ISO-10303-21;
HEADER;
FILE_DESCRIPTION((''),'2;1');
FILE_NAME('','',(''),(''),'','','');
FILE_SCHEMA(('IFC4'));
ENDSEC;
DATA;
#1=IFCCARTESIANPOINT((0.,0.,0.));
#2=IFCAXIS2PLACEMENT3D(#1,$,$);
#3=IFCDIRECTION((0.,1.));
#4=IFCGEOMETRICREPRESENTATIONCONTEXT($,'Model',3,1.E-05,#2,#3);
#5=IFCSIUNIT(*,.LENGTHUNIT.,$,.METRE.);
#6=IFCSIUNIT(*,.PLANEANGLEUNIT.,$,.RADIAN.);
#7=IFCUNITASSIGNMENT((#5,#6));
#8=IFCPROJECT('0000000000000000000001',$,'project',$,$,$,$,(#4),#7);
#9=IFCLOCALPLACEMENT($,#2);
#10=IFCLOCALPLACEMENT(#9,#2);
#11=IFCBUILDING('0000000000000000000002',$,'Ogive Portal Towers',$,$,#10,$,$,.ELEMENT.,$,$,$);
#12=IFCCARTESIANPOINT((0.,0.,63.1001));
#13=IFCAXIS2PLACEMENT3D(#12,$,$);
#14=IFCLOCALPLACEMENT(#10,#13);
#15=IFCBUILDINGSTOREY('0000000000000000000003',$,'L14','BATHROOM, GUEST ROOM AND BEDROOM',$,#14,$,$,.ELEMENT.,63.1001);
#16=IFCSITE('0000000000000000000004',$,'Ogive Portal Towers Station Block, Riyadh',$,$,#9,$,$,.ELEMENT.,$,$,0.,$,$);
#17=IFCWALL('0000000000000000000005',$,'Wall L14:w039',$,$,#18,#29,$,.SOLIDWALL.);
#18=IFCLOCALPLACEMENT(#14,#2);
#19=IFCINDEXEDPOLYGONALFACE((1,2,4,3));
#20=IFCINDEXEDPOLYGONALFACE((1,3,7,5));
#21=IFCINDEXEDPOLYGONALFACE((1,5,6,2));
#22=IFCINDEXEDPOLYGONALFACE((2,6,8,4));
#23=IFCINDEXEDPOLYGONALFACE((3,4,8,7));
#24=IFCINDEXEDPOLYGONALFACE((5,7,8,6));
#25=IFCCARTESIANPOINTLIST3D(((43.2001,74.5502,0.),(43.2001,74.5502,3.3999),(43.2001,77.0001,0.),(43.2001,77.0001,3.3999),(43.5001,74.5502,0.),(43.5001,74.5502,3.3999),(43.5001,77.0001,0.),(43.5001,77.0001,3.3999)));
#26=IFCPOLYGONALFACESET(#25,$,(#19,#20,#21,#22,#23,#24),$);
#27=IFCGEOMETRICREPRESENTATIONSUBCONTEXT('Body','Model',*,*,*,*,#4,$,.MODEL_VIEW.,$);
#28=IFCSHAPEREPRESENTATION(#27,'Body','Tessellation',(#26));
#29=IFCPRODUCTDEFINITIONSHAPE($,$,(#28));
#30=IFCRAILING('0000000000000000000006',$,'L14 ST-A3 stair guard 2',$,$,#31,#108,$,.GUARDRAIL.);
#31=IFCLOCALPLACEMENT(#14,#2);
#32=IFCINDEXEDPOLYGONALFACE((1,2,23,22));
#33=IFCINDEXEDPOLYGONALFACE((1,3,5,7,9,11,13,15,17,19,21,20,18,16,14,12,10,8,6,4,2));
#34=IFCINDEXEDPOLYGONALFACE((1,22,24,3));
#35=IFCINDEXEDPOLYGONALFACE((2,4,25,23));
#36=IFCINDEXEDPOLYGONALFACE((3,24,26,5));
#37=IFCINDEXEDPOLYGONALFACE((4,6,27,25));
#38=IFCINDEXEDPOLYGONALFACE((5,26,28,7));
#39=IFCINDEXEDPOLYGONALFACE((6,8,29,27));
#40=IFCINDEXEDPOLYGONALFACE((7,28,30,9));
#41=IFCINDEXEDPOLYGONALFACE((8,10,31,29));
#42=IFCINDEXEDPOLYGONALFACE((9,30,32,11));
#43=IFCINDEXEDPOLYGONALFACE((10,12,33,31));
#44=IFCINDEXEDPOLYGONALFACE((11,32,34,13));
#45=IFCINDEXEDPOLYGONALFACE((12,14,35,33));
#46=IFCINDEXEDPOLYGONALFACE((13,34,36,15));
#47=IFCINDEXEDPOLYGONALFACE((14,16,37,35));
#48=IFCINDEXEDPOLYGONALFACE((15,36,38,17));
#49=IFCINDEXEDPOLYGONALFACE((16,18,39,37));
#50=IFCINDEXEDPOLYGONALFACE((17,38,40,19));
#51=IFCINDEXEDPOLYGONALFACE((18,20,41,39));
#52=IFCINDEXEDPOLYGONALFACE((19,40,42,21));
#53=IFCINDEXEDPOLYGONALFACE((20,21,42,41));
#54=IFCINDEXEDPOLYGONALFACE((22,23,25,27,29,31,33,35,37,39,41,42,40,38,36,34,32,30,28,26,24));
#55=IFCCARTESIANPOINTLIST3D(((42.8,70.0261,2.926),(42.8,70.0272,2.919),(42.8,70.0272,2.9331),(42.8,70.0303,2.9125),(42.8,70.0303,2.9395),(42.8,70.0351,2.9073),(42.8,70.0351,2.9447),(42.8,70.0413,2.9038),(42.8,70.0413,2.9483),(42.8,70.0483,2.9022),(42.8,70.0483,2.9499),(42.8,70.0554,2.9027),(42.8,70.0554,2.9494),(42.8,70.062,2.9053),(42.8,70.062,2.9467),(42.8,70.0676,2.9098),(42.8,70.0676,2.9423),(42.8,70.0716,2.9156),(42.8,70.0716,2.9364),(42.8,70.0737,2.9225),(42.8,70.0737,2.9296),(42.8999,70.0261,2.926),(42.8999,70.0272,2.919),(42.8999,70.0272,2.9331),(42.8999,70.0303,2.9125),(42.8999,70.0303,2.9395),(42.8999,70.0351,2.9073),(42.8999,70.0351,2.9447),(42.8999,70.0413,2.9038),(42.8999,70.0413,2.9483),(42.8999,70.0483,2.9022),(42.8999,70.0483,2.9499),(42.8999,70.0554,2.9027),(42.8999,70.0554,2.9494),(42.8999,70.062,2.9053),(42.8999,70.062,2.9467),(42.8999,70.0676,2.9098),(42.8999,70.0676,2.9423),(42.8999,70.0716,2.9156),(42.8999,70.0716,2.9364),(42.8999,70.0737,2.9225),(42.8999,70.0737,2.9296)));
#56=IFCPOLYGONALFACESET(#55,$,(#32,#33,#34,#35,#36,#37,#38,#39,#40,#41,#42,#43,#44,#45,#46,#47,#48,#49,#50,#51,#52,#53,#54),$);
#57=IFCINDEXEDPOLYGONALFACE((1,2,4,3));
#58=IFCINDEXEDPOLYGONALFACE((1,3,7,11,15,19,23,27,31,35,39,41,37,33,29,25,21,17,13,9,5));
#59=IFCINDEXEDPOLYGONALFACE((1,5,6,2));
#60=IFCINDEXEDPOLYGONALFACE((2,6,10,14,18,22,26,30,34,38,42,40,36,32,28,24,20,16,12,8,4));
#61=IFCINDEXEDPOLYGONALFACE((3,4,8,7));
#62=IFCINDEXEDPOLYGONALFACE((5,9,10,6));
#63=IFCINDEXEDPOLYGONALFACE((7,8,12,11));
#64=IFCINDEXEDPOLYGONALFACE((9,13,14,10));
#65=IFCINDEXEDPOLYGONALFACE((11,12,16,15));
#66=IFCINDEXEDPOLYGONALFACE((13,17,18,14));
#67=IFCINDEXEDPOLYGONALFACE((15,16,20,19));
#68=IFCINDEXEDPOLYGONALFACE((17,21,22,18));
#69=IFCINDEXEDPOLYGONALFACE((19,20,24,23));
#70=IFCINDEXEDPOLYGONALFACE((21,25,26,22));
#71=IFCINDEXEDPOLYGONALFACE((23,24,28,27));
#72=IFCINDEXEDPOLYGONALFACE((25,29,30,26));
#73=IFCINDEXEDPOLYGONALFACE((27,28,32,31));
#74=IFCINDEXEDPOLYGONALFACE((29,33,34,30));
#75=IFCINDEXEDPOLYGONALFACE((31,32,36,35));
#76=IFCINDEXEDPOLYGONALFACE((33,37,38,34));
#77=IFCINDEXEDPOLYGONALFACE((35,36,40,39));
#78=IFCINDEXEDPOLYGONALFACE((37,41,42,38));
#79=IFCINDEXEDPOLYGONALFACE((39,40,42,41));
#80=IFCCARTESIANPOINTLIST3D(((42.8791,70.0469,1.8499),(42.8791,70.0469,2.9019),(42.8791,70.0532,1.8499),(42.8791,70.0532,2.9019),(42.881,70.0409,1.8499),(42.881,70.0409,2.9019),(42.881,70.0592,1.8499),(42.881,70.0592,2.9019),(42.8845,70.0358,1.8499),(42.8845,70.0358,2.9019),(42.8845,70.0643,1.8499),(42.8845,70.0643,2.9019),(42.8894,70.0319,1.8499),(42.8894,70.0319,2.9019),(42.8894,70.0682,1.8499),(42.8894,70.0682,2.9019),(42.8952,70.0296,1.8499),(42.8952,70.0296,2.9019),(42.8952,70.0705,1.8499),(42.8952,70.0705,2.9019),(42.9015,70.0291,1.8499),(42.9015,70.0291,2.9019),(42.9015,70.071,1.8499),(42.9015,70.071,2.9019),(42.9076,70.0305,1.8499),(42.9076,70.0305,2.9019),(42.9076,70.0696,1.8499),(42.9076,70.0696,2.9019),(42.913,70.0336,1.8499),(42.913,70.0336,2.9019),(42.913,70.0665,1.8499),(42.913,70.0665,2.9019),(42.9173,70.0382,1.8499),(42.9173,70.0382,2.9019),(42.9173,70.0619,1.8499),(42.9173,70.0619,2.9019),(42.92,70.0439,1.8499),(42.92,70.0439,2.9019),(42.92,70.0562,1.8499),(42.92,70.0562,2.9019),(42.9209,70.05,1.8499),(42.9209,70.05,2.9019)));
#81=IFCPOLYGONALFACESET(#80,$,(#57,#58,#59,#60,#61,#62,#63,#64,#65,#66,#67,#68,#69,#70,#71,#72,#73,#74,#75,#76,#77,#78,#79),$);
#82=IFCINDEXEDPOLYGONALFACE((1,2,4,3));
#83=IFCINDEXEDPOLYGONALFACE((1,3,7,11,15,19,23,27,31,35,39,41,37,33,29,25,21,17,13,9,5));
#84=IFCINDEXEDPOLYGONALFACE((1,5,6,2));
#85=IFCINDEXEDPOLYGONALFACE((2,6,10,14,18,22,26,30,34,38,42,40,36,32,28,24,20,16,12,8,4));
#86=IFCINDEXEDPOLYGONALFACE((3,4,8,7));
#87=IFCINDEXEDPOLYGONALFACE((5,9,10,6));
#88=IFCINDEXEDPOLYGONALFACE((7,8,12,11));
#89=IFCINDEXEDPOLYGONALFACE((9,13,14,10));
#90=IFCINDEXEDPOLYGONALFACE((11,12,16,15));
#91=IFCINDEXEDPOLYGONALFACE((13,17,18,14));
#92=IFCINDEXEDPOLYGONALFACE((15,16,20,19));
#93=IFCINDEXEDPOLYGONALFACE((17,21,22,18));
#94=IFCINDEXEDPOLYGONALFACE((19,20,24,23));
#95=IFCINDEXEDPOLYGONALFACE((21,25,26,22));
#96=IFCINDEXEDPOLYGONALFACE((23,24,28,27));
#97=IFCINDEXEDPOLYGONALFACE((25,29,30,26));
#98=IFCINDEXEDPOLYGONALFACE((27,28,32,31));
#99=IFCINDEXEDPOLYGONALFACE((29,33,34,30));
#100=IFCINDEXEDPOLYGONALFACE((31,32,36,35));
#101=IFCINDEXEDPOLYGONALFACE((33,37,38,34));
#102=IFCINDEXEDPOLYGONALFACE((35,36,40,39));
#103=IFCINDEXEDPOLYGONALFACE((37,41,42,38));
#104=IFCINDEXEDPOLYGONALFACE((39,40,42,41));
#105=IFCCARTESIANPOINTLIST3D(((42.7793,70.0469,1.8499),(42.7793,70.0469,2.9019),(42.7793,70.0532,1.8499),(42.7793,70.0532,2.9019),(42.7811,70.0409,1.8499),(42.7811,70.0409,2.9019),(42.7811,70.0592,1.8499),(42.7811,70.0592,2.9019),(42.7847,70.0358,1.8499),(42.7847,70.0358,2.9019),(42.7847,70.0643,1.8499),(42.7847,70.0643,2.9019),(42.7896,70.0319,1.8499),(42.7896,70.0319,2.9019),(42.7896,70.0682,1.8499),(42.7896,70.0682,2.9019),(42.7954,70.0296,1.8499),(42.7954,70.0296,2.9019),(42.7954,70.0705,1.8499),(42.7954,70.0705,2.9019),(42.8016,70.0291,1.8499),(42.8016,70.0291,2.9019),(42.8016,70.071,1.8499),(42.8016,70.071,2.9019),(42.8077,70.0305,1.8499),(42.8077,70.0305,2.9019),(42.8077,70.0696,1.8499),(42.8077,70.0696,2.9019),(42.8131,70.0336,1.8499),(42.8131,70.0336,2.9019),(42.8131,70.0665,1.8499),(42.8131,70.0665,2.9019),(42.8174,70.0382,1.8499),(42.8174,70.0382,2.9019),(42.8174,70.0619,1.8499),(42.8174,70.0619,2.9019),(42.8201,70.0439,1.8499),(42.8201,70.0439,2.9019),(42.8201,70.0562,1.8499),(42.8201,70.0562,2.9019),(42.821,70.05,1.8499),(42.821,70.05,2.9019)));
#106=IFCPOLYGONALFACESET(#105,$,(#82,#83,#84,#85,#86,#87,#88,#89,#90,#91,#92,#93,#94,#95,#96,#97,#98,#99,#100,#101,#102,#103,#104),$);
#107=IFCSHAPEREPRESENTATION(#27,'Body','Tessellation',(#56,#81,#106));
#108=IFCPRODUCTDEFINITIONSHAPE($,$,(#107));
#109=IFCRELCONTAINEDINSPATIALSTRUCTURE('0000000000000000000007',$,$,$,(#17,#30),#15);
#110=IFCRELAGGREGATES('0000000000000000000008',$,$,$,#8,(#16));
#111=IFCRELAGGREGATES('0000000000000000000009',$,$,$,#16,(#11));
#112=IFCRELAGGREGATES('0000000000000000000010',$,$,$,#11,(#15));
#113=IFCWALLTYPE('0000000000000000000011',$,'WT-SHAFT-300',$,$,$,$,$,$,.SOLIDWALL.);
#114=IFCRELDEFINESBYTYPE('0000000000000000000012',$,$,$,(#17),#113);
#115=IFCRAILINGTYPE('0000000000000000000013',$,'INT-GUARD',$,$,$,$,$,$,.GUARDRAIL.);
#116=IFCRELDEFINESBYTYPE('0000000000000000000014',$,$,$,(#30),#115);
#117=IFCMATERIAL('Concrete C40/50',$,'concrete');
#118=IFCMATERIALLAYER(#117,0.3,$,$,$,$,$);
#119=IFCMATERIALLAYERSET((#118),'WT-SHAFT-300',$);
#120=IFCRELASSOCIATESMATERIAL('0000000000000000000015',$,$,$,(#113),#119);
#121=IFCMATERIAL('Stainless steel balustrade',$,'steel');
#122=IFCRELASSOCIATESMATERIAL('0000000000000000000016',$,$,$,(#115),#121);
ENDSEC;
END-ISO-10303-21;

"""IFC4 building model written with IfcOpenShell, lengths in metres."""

from ifc_helpers import new_model, si_unit, direction, frame, frame_2d, origin, origin_2d, place, context, subcontext, project, spatial, rectangle, circle, extrude, material, layer, layer_set, type_object, element, save


model = new_model("IFC4")

# Units and contexts
model_context = context("Model", 3, precision=1e-05, world=origin(), true_north=direction((0.0, 1.0)))
body_context = subcontext(model_context, "Body", "Model", "MODEL_VIEW")
ifc_project = project(units=[si_unit("LENGTHUNIT", "METRE"), si_unit("PLANEANGLEUNIT", "RADIAN")], contexts=[model_context])

# Site, building, storey
site_placement = place(None, origin())
site = spatial("IfcSite", under=ifc_project, at=site_placement, Name="Ogive Portal Towers Station Block, Riyadh", CompositionType="ELEMENT", RefElevation=0.0)
building_placement = place(site_placement, origin())
building = spatial("IfcBuilding", under=site, at=building_placement, Name="Ogive Portal Towers", CompositionType="ELEMENT")
storey_placement = place(building_placement, frame((0.0, 0.0, 63.1001)))
storey = spatial("IfcBuildingStorey", under=building, at=storey_placement, Name="L14", Description="BATHROOM, GUEST ROOM AND BEDROOM", CompositionType="ELEMENT", Elevation=63.1001)

# Shared definitions
ifc_material_1 = material(Name="Concrete C40/50", Category="concrete")

# Wall
ifc_layer_1 = layer(ifc_material_1, 0.3)
ifc_layer_set_1 = layer_set([ifc_layer_1], Name="WT-SHAFT-300")
wall_type_1 = type_object("IfcWallType", Name="WT-SHAFT-300", PredefinedType="SOLIDWALL", material=ifc_layer_set_1)
wall_1_placement = place(storey_placement, frame((43.3501, 74.55, 0.0), z_axis=(0.0, 0.0, 1.0), x_axis=(0.0, 1.0, 0.0)))
element("IfcWall", 1, at=wall_1_placement, inside=storey, type_object=wall_type_1, Name="Wall L14:w039", PredefinedType="SOLIDWALL", context=body_context, shape_type="SweptSolid", body=[
    extrude(rectangle(XDim=2.45, YDim=0.3, at=frame_2d((1.2251, 0.0))), origin(), (0.0, 0.0, 1.0), 3.3999),
])

# Railing
ifc_material_2 = material(Name="Stainless steel balustrade", Category="steel")
railing_type_1 = type_object("IfcRailingType", Name="INT-GUARD", PredefinedType="GUARDRAIL", material=ifc_material_2)
railing_1_placement = place(storey_placement, frame((42.8999, 70.05, 1.8499)))
element("IfcRailing", 2, at=railing_1_placement, inside=storey, type_object=railing_type_1, Name="L14 ST-A3 stair guard 2", PredefinedType="GUARDRAIL", context=body_context, shape_type="SweptSolid", body=[
    extrude(circle(Radius=0.0239, at=origin_2d()), frame((0.0, 0.0, 1.0762), z_axis=(-1.0, 0.0, 0.0), x_axis=(0.0, -1.0, 0.0)), (0.0, 0.0, 1.0), 0.0999),
    extrude(circle(Radius=0.021, at=origin_2d()), origin(), (0.0, 0.0, 1.0), 1.052),
    extrude(circle(Radius=0.021, at=origin_2d()), frame((-0.0999, 0.0, 0.0)), (0.0, 0.0, 1.0), 1.052),
])

save(model, "model.ifc")
